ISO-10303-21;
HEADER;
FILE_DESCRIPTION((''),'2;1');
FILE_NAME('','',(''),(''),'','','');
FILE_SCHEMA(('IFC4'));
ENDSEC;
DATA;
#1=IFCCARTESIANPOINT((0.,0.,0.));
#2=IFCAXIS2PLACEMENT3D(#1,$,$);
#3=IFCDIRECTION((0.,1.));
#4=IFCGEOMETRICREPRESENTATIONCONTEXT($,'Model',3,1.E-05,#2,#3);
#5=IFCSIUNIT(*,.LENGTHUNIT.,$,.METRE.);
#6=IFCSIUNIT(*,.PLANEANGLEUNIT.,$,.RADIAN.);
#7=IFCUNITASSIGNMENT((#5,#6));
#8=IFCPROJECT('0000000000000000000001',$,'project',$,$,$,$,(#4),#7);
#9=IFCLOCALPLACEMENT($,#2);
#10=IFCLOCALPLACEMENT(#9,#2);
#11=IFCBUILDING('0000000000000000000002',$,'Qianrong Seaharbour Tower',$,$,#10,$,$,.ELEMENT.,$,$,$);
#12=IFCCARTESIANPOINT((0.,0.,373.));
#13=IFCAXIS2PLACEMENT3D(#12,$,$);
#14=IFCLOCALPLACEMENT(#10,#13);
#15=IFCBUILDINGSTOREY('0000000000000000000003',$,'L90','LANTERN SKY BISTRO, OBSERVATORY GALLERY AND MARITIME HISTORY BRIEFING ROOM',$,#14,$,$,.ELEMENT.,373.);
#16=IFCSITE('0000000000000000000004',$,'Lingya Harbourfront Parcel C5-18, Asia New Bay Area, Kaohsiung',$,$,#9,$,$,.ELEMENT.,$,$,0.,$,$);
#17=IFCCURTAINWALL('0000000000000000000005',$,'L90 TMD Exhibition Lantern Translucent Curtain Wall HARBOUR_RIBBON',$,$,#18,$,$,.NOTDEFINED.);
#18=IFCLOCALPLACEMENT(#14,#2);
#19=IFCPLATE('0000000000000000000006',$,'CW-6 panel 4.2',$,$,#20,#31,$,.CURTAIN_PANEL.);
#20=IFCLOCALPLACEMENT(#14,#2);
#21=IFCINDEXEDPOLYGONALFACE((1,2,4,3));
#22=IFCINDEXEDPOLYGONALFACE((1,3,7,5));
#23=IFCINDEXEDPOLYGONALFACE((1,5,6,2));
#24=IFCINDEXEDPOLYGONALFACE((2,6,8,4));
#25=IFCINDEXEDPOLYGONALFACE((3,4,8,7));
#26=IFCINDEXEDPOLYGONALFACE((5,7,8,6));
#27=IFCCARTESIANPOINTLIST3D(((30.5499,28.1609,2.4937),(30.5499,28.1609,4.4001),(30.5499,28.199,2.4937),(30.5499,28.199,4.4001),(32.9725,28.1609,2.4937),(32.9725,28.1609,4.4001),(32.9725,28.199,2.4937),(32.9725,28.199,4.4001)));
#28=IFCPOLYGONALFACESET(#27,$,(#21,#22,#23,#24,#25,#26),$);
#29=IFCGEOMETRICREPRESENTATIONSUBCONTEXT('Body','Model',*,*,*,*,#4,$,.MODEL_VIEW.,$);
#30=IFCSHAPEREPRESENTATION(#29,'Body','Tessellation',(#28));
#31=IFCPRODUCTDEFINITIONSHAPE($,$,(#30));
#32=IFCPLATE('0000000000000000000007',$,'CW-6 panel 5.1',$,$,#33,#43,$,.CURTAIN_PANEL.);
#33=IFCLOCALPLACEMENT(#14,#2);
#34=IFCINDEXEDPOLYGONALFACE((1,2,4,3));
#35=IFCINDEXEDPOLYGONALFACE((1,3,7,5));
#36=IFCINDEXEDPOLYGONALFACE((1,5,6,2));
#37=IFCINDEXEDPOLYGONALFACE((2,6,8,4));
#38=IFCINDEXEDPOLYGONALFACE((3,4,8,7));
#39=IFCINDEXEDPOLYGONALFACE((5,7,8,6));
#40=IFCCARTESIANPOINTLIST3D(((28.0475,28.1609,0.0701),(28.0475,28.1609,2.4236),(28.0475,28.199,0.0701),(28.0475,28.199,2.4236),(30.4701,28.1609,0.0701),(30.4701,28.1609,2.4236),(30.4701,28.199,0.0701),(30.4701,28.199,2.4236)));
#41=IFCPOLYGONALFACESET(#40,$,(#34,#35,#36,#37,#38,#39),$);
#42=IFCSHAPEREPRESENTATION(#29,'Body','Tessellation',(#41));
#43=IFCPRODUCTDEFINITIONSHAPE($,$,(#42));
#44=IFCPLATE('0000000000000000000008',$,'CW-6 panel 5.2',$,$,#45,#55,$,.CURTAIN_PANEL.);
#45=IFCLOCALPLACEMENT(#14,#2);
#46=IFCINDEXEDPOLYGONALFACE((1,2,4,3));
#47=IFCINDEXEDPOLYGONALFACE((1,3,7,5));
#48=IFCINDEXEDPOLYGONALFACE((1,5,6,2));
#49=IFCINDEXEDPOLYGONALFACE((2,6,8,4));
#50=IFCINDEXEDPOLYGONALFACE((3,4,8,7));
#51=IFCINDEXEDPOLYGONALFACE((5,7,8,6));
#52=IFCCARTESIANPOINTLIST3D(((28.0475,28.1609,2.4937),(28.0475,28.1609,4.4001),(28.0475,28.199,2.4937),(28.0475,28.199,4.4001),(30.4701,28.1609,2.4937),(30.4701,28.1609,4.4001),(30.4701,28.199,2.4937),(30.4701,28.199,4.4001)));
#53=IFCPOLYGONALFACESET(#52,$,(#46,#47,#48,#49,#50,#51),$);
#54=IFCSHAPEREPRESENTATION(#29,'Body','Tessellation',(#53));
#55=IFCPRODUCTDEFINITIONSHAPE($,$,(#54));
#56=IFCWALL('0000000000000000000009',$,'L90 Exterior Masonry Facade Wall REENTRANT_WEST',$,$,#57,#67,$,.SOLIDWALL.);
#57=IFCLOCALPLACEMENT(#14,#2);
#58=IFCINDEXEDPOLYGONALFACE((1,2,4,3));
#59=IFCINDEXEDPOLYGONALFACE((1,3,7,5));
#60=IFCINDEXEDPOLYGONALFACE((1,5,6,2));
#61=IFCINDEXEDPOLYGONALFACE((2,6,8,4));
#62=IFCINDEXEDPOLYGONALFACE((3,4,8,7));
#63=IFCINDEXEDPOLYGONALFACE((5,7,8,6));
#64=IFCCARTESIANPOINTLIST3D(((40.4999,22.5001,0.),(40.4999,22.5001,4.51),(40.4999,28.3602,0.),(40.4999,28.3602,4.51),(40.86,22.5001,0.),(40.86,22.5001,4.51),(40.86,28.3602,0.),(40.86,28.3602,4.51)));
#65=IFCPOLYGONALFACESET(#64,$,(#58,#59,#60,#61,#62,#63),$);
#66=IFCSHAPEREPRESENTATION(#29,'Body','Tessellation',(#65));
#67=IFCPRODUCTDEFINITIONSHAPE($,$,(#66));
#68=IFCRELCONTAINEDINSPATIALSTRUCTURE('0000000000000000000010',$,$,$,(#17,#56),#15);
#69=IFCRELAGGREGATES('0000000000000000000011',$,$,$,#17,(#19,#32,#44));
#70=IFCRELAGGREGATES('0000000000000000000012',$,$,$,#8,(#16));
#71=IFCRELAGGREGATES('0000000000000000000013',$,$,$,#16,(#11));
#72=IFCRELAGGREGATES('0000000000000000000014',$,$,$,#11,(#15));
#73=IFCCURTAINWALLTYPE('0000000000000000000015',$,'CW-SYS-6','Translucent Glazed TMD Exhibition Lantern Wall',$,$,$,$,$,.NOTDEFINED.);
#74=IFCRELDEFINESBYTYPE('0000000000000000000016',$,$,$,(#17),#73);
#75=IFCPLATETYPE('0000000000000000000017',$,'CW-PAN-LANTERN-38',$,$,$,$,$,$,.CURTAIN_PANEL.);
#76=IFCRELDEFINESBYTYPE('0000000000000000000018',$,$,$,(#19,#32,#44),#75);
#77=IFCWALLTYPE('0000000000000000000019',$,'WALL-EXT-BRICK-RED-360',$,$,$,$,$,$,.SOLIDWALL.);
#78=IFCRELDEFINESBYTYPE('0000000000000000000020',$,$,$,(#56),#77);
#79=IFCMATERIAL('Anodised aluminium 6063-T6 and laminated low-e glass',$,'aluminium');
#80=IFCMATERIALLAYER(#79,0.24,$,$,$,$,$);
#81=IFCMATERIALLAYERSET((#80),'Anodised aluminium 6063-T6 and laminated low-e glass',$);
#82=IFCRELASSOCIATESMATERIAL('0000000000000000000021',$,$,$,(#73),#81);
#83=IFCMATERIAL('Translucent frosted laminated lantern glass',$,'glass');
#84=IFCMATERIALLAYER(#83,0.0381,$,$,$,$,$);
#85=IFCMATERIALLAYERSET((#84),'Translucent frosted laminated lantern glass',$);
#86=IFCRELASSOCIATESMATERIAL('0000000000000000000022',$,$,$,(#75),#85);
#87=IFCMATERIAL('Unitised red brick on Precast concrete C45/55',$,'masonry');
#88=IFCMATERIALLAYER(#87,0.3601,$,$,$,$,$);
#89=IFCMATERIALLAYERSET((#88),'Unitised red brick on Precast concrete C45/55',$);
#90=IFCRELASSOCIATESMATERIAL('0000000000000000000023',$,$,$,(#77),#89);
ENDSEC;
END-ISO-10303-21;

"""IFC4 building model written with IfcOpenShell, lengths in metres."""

from ifc_helpers import new_model, si_unit, direction, frame, frame_2d, origin, origin_2d, place, context, subcontext, project, spatial, rectangle, extrude, material, layer, layer_set, type_object, element, aggregate, save


model = new_model("IFC4")

# Units and contexts
model_context = context("Model", 3, precision=1e-05, world=origin(), true_north=direction((0.0, 1.0)))
body_context = subcontext(model_context, "Body", "Model", "MODEL_VIEW")
ifc_project = project(units=[si_unit("LENGTHUNIT", "METRE"), si_unit("PLANEANGLEUNIT", "RADIAN")], contexts=[model_context])

# Site, building, storey
site_placement = place(None, origin())
site = spatial("IfcSite", under=ifc_project, at=site_placement, Name="Lingya Harbourfront Parcel C5-18, Asia New Bay Area, Kaohsiung", CompositionType="ELEMENT", RefElevation=0.0)
building_placement = place(site_placement, origin())
building = spatial("IfcBuilding", under=site, at=building_placement, Name="Qianrong Seaharbour Tower", CompositionType="ELEMENT")
storey_placement = place(building_placement, frame((0.0, 0.0, 373.0)))
storey = spatial("IfcBuildingStorey", under=building, at=storey_placement, Name="L90", Description="LANTERN SKY BISTRO, OBSERVATORY GALLERY AND MARITIME HISTORY BRIEFING ROOM", CompositionType="ELEMENT", Elevation=373.0)

# Curtain wall, plates
ifc_material_1 = material(Name="Anodised aluminium 6063-T6 and laminated low-e glass", Category="aluminium")
ifc_layer_1 = layer(ifc_material_1, 0.24)
ifc_layer_set_1 = layer_set([ifc_layer_1], Name="Anodised aluminium 6063-T6 and laminated low-e glass")
curtain_wall_type = type_object("IfcCurtainWallType", Name="CW-SYS-6", Description="Translucent Glazed TMD Exhibition Lantern Wall", PredefinedType="NOTDEFINED", material=ifc_layer_set_1)
curtain_wall_placement = place(storey_placement, origin())
curtain_wall = element("IfcCurtainWall", 1, at=curtain_wall_placement, inside=storey, type_object=curtain_wall_type, Name="L90 TMD Exhibition Lantern Translucent Curtain Wall HARBOUR_RIBBON", PredefinedType="NOTDEFINED")
ifc_material_2 = material(Name="Translucent frosted laminated lantern glass", Category="glass")
ifc_layer_2 = layer(ifc_material_2, 0.0381)
ifc_layer_set_2 = layer_set([ifc_layer_2], Name="Translucent frosted laminated lantern glass")
plate_type = type_object("IfcPlateType", Name="CW-PAN-LANTERN-38", PredefinedType="CURTAIN_PANEL", material=ifc_layer_set_2)
plate_1_placement = place(storey_placement, frame((31.7612, 28.1799, 2.4937), z_axis=(0.0, 0.0, 1.0), x_axis=(-1.0, 0.0, 0.0)))
plate_1 = element("IfcPlate", 2, at=plate_1_placement, type_object=plate_type, Name="CW-6 panel 4.2", PredefinedType="CURTAIN_PANEL", context=body_context, shape_type="SweptSolid", body=[
    extrude(rectangle(XDim=2.4226, YDim=0.0381, at=origin_2d()), origin(), (0.0, 0.0, 1.0), 1.9065),
])
plate_2_placement = place(storey_placement, frame((29.2588, 28.1799, 0.0701), z_axis=(0.0, 0.0, 1.0), x_axis=(-1.0, 0.0, 0.0)))
plate_2 = element("IfcPlate", 3, at=plate_2_placement, type_object=plate_type, Name="CW-6 panel 5.1", PredefinedType="CURTAIN_PANEL", context=body_context, shape_type="SweptSolid", body=[
    extrude(rectangle(XDim=2.4226, YDim=0.0381, at=origin_2d()), origin(), (0.0, 0.0, 1.0), 2.3535),
])
plate_3_placement = place(storey_placement, frame((29.2588, 28.1799, 2.4937), z_axis=(0.0, 0.0, 1.0), x_axis=(-1.0, 0.0, 0.0)))
plate_3 = element("IfcPlate", 4, at=plate_3_placement, type_object=plate_type, Name="CW-6 panel 5.2", PredefinedType="CURTAIN_PANEL", context=body_context, shape_type="SweptSolid", body=[
    extrude(rectangle(XDim=2.4226, YDim=0.0381, at=origin_2d()), origin(), (0.0, 0.0, 1.0), 1.9065),
])
aggregate(curtain_wall, [plate_1, plate_2, plate_3])

# Wall
ifc_material_3 = material(Name="Unitised red brick on Precast concrete C45/55", Category="masonry")
ifc_layer_3 = layer(ifc_material_3, 0.3601)
ifc_layer_set_3 = layer_set([ifc_layer_3], Name="Unitised red brick on Precast concrete C45/55")
wall_type = type_object("IfcWallType", Name="WALL-EXT-BRICK-RED-360", PredefinedType="SOLIDWALL", material=ifc_layer_set_3)
wall_placement = place(storey_placement, frame((40.6799, 22.5, 0.0), z_axis=(0.0, 0.0, 1.0), x_axis=(0.0, 1.0, 0.0)))
element("IfcWall", 5, at=wall_placement, inside=storey, type_object=wall_type, Name="L90 Exterior Masonry Facade Wall REENTRANT_WEST", PredefinedType="SOLIDWALL", context=body_context, shape_type="SweptSolid", body=[
    extrude(rectangle(XDim=5.8601, YDim=0.3601, at=frame_2d((2.9302, 0.0))), origin(), (0.0, 0.0, 1.0), 4.51),
])

save(model, "model.ifc")
